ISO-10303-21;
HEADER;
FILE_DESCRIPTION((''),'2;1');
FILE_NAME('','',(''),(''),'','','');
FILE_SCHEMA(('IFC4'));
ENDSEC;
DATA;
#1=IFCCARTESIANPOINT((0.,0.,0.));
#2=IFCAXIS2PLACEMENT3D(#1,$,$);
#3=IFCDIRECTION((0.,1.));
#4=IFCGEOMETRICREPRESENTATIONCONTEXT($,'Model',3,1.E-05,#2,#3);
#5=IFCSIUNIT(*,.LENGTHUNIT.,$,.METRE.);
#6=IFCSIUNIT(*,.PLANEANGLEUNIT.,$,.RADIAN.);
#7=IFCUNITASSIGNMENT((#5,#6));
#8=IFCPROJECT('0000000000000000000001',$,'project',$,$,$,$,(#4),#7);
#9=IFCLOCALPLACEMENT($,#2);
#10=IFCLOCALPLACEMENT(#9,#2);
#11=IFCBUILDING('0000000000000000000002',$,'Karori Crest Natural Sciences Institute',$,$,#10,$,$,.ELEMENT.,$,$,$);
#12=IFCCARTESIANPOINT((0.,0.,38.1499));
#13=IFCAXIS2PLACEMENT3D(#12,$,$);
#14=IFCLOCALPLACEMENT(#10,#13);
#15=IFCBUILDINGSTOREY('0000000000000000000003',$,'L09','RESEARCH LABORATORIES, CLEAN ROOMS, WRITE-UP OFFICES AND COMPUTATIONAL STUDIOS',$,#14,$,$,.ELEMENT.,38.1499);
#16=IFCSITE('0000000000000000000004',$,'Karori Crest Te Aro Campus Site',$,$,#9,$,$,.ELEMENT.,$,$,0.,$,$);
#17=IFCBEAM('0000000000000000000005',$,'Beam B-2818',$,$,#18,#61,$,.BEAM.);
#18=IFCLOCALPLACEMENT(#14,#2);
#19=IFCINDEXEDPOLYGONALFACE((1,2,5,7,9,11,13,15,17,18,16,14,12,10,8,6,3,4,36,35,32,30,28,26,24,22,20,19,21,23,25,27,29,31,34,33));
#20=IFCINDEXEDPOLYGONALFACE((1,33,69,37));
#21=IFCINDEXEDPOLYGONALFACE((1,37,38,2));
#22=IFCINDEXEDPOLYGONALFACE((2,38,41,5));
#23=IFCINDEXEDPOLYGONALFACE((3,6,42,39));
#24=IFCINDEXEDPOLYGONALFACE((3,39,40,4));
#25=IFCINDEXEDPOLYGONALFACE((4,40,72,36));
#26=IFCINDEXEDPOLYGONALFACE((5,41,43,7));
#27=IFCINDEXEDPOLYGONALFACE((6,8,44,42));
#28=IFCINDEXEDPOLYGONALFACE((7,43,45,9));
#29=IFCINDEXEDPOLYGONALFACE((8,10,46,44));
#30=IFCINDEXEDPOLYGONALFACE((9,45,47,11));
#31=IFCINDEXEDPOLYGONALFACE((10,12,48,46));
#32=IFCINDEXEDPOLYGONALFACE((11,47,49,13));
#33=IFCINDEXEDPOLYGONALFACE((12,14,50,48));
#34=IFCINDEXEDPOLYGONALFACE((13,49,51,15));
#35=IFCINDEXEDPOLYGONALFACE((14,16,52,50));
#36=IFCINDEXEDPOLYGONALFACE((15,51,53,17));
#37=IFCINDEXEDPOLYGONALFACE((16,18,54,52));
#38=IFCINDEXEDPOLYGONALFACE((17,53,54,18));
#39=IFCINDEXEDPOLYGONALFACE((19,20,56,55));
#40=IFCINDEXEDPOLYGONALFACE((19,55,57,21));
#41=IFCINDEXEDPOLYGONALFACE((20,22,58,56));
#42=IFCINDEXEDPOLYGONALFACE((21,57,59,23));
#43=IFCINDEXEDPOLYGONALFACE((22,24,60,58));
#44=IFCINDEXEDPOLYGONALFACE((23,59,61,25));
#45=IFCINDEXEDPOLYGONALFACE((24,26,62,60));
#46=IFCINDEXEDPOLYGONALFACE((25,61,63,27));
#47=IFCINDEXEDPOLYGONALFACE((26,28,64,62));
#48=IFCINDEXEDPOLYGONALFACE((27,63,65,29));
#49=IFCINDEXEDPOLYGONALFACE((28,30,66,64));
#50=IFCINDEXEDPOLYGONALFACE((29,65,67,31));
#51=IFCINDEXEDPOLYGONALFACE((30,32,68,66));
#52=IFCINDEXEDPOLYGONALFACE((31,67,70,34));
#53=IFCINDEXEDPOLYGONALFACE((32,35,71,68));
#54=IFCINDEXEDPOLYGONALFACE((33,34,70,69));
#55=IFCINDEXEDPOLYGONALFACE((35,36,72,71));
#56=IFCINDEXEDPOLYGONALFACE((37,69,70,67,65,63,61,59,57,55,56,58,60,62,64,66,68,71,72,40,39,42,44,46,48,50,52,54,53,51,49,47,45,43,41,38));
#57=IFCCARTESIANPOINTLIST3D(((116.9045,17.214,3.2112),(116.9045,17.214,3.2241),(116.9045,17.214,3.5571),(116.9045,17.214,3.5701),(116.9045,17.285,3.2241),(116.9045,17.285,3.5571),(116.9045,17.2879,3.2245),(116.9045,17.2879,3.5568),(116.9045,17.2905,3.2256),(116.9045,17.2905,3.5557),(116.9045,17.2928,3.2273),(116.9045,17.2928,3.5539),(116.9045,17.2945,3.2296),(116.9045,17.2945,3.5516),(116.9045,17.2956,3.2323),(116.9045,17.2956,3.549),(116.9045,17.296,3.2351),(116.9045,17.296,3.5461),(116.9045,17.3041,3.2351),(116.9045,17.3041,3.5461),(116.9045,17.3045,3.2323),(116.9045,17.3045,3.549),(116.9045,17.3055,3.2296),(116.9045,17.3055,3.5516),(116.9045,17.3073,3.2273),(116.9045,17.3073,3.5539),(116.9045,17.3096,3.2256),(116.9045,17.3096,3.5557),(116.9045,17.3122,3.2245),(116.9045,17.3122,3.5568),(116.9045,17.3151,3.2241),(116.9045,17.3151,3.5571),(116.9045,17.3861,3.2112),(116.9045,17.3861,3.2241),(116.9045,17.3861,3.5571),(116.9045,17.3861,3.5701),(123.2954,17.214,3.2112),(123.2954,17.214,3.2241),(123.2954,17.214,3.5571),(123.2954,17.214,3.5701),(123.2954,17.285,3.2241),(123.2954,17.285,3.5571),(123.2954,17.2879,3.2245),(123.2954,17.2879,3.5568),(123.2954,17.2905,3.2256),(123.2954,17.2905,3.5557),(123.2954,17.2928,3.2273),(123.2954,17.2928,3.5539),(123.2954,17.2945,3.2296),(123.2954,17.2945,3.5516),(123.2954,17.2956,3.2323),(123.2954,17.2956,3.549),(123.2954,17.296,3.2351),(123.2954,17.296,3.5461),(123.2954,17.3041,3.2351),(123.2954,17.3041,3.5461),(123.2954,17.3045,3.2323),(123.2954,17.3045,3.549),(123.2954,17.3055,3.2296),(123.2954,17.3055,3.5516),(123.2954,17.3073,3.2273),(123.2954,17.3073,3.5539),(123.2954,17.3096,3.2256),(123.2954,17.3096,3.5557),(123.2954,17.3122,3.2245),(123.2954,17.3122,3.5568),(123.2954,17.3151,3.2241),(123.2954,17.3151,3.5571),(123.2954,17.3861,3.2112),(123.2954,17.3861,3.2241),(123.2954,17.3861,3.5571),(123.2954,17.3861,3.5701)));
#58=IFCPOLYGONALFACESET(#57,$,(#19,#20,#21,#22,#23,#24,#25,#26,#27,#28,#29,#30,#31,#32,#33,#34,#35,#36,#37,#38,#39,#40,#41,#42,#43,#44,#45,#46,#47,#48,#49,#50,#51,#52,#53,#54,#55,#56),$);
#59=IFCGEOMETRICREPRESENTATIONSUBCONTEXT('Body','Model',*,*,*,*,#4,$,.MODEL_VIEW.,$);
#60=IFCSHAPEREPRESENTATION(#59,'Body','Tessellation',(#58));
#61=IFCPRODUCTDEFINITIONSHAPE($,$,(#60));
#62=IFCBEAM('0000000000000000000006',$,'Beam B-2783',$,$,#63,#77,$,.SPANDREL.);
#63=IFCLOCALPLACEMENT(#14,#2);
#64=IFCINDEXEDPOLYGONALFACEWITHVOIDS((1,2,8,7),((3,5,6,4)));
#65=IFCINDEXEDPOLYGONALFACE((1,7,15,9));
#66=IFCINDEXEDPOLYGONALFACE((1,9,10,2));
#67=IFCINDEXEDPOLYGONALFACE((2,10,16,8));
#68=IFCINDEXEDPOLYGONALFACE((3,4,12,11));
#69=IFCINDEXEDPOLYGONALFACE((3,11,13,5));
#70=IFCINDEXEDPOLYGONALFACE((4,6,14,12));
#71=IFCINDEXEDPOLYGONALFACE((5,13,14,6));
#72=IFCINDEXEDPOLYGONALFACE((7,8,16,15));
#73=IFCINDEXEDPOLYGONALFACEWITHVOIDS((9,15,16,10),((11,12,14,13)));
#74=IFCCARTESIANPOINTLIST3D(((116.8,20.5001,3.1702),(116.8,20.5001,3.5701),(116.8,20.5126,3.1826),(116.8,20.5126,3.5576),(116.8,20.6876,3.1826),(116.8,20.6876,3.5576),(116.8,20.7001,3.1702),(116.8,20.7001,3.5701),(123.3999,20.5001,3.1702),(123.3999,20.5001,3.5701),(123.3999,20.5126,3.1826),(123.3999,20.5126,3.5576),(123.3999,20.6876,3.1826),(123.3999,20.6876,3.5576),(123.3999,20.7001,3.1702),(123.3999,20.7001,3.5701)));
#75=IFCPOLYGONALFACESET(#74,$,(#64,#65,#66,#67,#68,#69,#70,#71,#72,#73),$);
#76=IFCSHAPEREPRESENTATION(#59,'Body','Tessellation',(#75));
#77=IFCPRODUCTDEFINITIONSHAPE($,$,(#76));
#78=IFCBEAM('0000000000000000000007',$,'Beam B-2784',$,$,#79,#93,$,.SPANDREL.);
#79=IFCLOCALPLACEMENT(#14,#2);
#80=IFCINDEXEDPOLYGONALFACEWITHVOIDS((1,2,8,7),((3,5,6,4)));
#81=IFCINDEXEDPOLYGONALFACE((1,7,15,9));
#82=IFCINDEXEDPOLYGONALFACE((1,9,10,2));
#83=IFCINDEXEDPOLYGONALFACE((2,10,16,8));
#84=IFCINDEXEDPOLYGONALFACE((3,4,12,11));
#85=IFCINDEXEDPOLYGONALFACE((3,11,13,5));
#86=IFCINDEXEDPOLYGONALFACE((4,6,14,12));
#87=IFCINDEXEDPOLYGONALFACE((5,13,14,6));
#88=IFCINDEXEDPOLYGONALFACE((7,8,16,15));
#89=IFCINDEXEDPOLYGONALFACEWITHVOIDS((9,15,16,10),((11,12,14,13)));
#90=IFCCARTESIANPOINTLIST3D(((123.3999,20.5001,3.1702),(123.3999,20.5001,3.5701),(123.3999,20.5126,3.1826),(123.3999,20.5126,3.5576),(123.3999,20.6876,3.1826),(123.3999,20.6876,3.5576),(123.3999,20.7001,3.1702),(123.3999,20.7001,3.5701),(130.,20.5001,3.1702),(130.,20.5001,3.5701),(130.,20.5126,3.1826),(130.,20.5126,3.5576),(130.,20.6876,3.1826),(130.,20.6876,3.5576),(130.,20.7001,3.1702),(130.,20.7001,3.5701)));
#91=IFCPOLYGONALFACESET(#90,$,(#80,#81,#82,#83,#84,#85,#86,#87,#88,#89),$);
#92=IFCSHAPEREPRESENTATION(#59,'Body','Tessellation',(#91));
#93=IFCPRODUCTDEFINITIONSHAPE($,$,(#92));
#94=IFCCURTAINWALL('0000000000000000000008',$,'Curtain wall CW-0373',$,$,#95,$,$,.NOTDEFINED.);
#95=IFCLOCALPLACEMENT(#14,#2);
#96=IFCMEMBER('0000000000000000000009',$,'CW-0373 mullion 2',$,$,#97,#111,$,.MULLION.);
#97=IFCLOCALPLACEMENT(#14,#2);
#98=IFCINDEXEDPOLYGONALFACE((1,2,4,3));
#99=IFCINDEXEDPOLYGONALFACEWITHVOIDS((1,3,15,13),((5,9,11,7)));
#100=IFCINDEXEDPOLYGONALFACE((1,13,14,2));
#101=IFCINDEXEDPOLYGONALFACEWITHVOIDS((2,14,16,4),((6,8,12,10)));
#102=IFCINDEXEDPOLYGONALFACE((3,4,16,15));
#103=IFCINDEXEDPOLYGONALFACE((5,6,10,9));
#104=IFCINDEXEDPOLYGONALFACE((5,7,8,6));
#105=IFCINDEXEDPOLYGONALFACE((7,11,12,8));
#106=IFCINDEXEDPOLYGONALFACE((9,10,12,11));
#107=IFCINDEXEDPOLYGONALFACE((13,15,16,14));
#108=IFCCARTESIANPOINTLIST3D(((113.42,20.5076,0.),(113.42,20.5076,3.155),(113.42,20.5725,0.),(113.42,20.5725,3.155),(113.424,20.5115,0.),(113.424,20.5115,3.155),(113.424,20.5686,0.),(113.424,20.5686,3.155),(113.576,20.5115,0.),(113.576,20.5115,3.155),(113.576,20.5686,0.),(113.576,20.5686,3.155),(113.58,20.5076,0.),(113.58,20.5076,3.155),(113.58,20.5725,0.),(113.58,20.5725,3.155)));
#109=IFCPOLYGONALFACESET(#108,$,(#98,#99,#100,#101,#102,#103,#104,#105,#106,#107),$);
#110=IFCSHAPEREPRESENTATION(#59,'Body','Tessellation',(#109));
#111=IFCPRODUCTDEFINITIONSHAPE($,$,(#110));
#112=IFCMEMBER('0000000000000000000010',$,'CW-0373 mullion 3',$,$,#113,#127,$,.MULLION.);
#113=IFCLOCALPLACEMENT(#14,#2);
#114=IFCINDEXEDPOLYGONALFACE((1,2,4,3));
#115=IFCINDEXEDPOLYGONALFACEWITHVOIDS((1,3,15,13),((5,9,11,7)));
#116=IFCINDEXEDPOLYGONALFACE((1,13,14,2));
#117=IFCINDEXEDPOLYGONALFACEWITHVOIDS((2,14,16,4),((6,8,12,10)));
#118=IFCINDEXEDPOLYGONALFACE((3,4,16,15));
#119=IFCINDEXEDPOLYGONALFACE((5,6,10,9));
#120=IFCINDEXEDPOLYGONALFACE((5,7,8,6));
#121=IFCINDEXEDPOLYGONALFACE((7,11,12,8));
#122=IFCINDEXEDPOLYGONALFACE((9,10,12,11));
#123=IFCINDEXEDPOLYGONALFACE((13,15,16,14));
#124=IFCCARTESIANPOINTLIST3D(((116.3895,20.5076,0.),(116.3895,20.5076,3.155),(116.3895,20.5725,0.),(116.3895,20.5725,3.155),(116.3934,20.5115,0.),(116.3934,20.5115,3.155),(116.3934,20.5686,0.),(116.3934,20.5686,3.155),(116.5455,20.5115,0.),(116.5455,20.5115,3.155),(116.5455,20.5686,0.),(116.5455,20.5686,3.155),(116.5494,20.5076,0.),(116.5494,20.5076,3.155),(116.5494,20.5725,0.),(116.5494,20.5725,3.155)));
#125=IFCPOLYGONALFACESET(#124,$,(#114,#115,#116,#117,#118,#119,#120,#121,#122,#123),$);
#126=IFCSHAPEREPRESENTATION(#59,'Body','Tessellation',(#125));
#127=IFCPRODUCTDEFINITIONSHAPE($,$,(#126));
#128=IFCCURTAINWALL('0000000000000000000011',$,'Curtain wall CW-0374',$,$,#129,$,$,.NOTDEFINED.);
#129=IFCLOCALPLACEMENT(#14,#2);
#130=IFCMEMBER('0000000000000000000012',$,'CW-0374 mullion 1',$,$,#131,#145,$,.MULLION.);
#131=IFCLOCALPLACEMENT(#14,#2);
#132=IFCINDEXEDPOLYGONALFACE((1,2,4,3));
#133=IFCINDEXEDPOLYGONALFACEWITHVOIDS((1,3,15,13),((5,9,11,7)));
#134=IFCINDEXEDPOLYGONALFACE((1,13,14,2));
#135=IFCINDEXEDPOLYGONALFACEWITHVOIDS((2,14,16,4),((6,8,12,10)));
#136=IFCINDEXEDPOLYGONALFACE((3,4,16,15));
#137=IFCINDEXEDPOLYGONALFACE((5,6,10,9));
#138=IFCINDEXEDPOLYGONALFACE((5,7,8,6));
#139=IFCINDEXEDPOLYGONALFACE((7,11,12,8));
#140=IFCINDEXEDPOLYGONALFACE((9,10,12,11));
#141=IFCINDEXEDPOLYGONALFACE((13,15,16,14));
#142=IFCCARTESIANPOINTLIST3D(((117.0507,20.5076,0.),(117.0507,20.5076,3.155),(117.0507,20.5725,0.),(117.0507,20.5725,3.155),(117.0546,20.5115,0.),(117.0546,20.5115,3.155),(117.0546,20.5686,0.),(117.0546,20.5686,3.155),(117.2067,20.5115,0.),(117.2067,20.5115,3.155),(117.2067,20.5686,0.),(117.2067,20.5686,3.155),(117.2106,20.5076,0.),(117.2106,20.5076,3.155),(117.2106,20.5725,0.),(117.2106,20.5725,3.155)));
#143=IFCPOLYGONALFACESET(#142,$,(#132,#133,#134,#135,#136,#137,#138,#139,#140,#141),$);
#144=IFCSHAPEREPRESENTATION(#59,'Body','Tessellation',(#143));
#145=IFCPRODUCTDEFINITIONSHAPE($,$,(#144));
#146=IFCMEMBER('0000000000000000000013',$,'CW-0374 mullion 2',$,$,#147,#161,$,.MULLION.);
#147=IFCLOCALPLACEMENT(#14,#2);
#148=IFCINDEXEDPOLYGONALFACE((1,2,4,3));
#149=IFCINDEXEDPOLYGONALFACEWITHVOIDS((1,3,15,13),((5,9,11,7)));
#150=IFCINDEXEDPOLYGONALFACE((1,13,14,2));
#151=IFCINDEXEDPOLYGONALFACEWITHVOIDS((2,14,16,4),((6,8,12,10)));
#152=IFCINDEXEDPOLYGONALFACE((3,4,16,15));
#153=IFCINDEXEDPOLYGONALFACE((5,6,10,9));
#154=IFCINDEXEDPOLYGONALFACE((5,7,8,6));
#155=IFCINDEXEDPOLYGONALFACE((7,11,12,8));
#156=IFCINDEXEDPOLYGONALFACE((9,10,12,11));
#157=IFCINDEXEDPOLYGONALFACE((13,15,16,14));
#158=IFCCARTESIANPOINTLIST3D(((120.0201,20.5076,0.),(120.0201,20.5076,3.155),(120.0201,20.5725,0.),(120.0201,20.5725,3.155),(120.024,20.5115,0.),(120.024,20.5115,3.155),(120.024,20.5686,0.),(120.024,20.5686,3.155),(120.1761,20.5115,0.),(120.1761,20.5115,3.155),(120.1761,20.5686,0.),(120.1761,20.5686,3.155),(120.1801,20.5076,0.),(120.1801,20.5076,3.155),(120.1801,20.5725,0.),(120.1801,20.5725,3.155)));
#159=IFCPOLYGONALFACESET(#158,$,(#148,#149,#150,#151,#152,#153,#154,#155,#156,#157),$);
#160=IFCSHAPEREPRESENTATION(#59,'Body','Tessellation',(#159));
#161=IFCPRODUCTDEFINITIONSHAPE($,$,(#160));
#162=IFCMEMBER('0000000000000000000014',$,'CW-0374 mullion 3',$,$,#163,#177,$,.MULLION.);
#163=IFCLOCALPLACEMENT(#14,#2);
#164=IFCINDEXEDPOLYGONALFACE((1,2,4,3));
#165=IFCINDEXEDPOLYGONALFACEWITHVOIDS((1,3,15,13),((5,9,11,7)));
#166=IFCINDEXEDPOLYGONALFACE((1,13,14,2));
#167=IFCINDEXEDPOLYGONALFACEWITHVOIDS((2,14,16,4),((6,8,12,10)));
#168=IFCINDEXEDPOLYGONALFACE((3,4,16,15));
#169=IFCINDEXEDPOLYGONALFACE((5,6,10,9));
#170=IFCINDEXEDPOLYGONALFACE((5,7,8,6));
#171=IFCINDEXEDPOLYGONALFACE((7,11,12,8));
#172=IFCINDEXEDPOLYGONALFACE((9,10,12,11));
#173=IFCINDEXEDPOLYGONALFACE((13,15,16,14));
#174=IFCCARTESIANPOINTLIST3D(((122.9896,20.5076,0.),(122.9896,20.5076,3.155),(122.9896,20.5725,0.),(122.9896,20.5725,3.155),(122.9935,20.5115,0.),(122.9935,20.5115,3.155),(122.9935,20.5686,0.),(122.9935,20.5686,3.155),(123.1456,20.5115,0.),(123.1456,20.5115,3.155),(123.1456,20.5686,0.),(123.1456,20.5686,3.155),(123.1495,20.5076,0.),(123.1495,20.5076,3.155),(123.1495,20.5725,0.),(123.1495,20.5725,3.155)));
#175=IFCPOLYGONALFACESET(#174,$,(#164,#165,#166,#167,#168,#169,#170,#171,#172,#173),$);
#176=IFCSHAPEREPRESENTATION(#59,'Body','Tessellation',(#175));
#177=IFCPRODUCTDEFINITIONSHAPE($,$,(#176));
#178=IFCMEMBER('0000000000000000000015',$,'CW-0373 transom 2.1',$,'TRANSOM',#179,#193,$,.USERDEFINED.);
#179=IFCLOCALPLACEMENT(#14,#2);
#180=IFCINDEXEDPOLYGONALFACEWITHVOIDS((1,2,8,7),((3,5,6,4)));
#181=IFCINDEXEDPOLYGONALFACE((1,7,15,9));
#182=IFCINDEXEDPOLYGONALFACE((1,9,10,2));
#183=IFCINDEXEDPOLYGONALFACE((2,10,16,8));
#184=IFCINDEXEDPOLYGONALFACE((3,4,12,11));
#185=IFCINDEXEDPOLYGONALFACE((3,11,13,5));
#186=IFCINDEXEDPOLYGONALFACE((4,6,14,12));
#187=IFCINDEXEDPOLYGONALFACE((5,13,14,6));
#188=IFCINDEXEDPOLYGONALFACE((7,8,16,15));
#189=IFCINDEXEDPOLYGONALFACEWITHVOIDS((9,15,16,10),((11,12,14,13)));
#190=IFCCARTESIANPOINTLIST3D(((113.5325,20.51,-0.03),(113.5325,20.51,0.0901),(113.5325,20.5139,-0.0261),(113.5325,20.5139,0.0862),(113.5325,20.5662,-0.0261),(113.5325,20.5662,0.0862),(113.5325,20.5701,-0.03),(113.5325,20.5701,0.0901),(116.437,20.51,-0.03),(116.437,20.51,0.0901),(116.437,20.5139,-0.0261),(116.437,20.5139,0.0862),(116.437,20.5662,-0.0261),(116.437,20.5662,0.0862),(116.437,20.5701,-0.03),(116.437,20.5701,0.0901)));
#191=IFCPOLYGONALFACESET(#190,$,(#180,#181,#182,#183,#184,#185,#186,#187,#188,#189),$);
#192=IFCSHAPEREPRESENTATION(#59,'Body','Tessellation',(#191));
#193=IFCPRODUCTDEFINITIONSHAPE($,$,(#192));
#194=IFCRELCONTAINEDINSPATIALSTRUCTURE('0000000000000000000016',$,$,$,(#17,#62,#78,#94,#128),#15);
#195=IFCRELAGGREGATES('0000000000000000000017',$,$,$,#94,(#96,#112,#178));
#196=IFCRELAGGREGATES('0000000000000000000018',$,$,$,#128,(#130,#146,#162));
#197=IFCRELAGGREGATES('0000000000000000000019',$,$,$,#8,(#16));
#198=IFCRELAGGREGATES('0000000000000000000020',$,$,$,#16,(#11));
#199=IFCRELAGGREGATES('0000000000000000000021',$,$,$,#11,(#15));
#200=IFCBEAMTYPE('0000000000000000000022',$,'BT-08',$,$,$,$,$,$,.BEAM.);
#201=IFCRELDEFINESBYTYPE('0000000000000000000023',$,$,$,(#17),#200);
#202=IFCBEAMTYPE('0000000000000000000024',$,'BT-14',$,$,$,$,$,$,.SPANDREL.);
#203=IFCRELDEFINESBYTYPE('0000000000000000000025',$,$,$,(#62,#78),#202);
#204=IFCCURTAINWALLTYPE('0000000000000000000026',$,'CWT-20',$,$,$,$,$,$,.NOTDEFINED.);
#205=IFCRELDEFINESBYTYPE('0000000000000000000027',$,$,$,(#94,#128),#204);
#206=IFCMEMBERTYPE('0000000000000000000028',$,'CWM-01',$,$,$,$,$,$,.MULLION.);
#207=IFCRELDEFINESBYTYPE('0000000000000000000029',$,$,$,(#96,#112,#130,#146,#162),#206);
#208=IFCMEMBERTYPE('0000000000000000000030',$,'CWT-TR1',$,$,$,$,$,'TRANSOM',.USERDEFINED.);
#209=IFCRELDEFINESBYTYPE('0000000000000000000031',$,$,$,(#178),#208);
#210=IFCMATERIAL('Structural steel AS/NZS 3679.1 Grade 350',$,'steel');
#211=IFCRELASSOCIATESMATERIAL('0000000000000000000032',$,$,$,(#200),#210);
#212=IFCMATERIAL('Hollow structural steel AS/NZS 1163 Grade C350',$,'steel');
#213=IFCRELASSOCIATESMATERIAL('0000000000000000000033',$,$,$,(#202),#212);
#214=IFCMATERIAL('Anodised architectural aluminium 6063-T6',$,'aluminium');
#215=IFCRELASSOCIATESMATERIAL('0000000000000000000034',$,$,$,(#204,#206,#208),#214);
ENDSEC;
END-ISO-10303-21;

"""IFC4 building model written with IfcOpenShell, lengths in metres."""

from ifc_helpers import new_model, si_unit, direction, frame, origin, origin_2d, place, context, subcontext, project, spatial, hollow_rectangle, i_section, extrude, material, material_profile, profile_set, type_object, element, aggregate, save


model = new_model("IFC4")

# Units and contexts
model_context = context("Model", 3, precision=1e-05, world=origin(), true_north=direction((0.0, 1.0)))
body_context = subcontext(model_context, "Body", "Model", "MODEL_VIEW")
ifc_project = project(units=[si_unit("LENGTHUNIT", "METRE"), si_unit("PLANEANGLEUNIT", "RADIAN")], contexts=[model_context])

# Site, building, storey
site_placement = place(None, origin())
site = spatial("IfcSite", under=ifc_project, at=site_placement, Name="Karori Crest Te Aro Campus Site", CompositionType="ELEMENT", RefElevation=0.0)
building_placement = place(site_placement, origin())
building = spatial("IfcBuilding", under=site, at=building_placement, Name="Karori Crest Natural Sciences Institute", CompositionType="ELEMENT")
storey_placement = place(building_placement, frame((0.0, 0.0, 38.1499)))
storey = spatial("IfcBuildingStorey", under=building, at=storey_placement, Name="L09", Description="RESEARCH LABORATORIES, CLEAN ROOMS, WRITE-UP OFFICES AND COMPUTATIONAL STUDIOS", CompositionType="ELEMENT", Elevation=38.1499)

# Shared definitions
ifc_material_1 = material(Name="Structural steel AS/NZS 3679.1 Grade 350", Category="steel")

# Beams
ifc_material_profile_1 = material_profile(ifc_material_1, i_section(OverallWidth=0.1721, OverallDepth=0.3589, WebThickness=0.0081, FlangeThickness=0.0129, FilletRadius=0.011, at=origin_2d()), Name="360UB56.7")
ifc_profile_set_1 = profile_set([ifc_material_profile_1], Name="Structural steel AS/NZS 3679.1 Grade 350")
beam_type_1 = type_object("IfcBeamType", Name="BT-08", PredefinedType="BEAM", material=ifc_profile_set_1)
beam_1_placement = place(storey_placement, frame((116.9045, 17.3, 3.3906), z_axis=(1.0, 0.0, 0.0), x_axis=(0.0, 1.0, 0.0)))
element("IfcBeam", 1, at=beam_1_placement, inside=storey, type_object=beam_type_1, Name="Beam B-2818", PredefinedType="BEAM", context=body_context, shape_type="SweptSolid", body=[
    extrude(i_section(OverallWidth=0.1721, OverallDepth=0.3589, WebThickness=0.0081, FlangeThickness=0.0129, FilletRadius=0.011, at=origin_2d()), origin(), (0.0, 0.0, 1.0), 6.3909),
])
ifc_material_2 = material(Name="Hollow structural steel AS/NZS 1163 Grade C350", Category="steel")
ifc_material_profile_2 = material_profile(ifc_material_2, hollow_rectangle(XDim=0.2, YDim=0.3999, WallThickness=0.0125, at=origin_2d()), Name="RHS400x200x12.5")
ifc_profile_set_2 = profile_set([ifc_material_profile_2], Name="Hollow structural steel AS/NZS 1163 Grade C350")
beam_type_2 = type_object("IfcBeamType", Name="BT-14", PredefinedType="SPANDREL", material=ifc_profile_set_2)
beam_2_placement = place(storey_placement, frame((116.8, 20.6001, 3.3701), z_axis=(1.0, 0.0, 0.0), x_axis=(0.0, 1.0, 0.0)))
element("IfcBeam", 2, at=beam_2_placement, inside=storey, type_object=beam_type_2, Name="Beam B-2783", PredefinedType="SPANDREL", context=body_context, shape_type="SweptSolid", body=[
    extrude(hollow_rectangle(XDim=0.2, YDim=0.3999, WallThickness=0.0125, at=origin_2d()), origin(), (0.0, 0.0, 1.0), 6.5999),
])
beam_3_placement = place(storey_placement, frame((123.3999, 20.6001, 3.3701), z_axis=(1.0, 0.0, 0.0), x_axis=(0.0, 1.0, 0.0)))
element("IfcBeam", 3, at=beam_3_placement, inside=storey, type_object=beam_type_2, Name="Beam B-2784", PredefinedType="SPANDREL", context=body_context, shape_type="SweptSolid", body=[
    extrude(hollow_rectangle(XDim=0.2, YDim=0.3999, WallThickness=0.0125, at=origin_2d()), origin(), (0.0, 0.0, 1.0), 6.6001),
])

# Curtain walls, members
ifc_material_3 = material(Name="Anodised architectural aluminium 6063-T6", Category="aluminium")
curtain_wall_type = type_object("IfcCurtainWallType", Name="CWT-20", PredefinedType="NOTDEFINED", material=ifc_material_3)
curtain_wall_1_placement = place(storey_placement, origin())
curtain_wall_1 = element("IfcCurtainWall", 4, at=curtain_wall_1_placement, inside=storey, type_object=curtain_wall_type, Name="Curtain wall CW-0373", PredefinedType="NOTDEFINED")
ifc_material_profile_3 = material_profile(ifc_material_3, hollow_rectangle(XDim=0.0649, YDim=0.1599, WallThickness=0.0039, at=origin_2d()), Name="CWM160x65x4")
ifc_profile_set_3 = profile_set([ifc_material_profile_3], Name="Anodised architectural aluminium 6063-T6")
member_type_1 = type_object("IfcMemberType", Name="CWM-01", PredefinedType="MULLION", material=ifc_profile_set_3)
member_1_placement = place(storey_placement, frame((113.5, 20.54, 0.0), z_axis=(0.0, 0.0, 1.0), x_axis=(0.0, 1.0, 0.0)))
member_1 = element("IfcMember", 5, at=member_1_placement, type_object=member_type_1, Name="CW-0373 mullion 2", PredefinedType="MULLION", context=body_context, shape_type="SweptSolid", body=[
    extrude(hollow_rectangle(XDim=0.0649, YDim=0.1599, WallThickness=0.0039, at=origin_2d()), origin(), (0.0, 0.0, 1.0), 3.155),
])
member_2_placement = place(storey_placement, frame((116.4695, 20.54, 0.0), z_axis=(0.0, 0.0, 1.0), x_axis=(0.0, 1.0, 0.0)))
member_2 = element("IfcMember", 6, at=member_2_placement, type_object=member_type_1, Name="CW-0373 mullion 3", PredefinedType="MULLION", context=body_context, shape_type="SweptSolid", body=[
    extrude(hollow_rectangle(XDim=0.0649, YDim=0.1599, WallThickness=0.0039, at=origin_2d()), origin(), (0.0, 0.0, 1.0), 3.155),
])
curtain_wall_2_placement = place(storey_placement, origin())
curtain_wall_2 = element("IfcCurtainWall", 7, at=curtain_wall_2_placement, inside=storey, type_object=curtain_wall_type, Name="Curtain wall CW-0374", PredefinedType="NOTDEFINED")
member_3_placement = place(storey_placement, frame((117.1306, 20.54, 0.0), z_axis=(0.0, 0.0, 1.0), x_axis=(0.0, 1.0, 0.0)))
member_3 = element("IfcMember", 8, at=member_3_placement, type_object=member_type_1, Name="CW-0374 mullion 1", PredefinedType="MULLION", context=body_context, shape_type="SweptSolid", body=[
    extrude(hollow_rectangle(XDim=0.0649, YDim=0.1599, WallThickness=0.0039, at=origin_2d()), origin(), (0.0, 0.0, 1.0), 3.155),
])
member_4_placement = place(storey_placement, frame((120.1001, 20.54, 0.0), z_axis=(0.0, 0.0, 1.0), x_axis=(0.0, 1.0, 0.0)))
member_4 = element("IfcMember", 9, at=member_4_placement, type_object=member_type_1, Name="CW-0374 mullion 2", PredefinedType="MULLION", context=body_context, shape_type="SweptSolid", body=[
    extrude(hollow_rectangle(XDim=0.0649, YDim=0.1599, WallThickness=0.0039, at=origin_2d()), origin(), (0.0, 0.0, 1.0), 3.155),
])
member_5_placement = place(storey_placement, frame((123.0696, 20.54, 0.0), z_axis=(0.0, 0.0, 1.0), x_axis=(0.0, 1.0, 0.0)))
member_5 = element("IfcMember", 10, at=member_5_placement, type_object=member_type_1, Name="CW-0374 mullion 3", PredefinedType="MULLION", context=body_context, shape_type="SweptSolid", body=[
    extrude(hollow_rectangle(XDim=0.0649, YDim=0.1599, WallThickness=0.0039, at=origin_2d()), origin(), (0.0, 0.0, 1.0), 3.155),
])

# Member
ifc_material_profile_4 = material_profile(ifc_material_3, hollow_rectangle(XDim=0.0601, YDim=0.1201, WallThickness=0.0039, at=origin_2d()), Name="CWT120x60x4")
ifc_profile_set_4 = profile_set([ifc_material_profile_4], Name="Anodised architectural aluminium 6063-T6")
member_type_2 = type_object("IfcMemberType", Name="CWT-TR1", ElementType="TRANSOM", PredefinedType="USERDEFINED", material=ifc_profile_set_4)
member_6_placement = place(storey_placement, frame((113.5325, 20.54, 0.03), z_axis=(1.0, 0.0, 0.0), x_axis=(0.0, 1.0, 0.0)))
member_6 = element("IfcMember", 11, at=member_6_placement, type_object=member_type_2, Name="CW-0373 transom 2.1", ObjectType="TRANSOM", PredefinedType="USERDEFINED", context=body_context, shape_type="SweptSolid", body=[
    extrude(hollow_rectangle(XDim=0.0601, YDim=0.1201, WallThickness=0.0039, at=origin_2d()), origin(), (0.0, 0.0, 1.0), 2.9045),
])

aggregate(curtain_wall_1, [member_1, member_2, member_6])
aggregate(curtain_wall_2, [member_3, member_4, member_5])

save(model, "model.ifc")
